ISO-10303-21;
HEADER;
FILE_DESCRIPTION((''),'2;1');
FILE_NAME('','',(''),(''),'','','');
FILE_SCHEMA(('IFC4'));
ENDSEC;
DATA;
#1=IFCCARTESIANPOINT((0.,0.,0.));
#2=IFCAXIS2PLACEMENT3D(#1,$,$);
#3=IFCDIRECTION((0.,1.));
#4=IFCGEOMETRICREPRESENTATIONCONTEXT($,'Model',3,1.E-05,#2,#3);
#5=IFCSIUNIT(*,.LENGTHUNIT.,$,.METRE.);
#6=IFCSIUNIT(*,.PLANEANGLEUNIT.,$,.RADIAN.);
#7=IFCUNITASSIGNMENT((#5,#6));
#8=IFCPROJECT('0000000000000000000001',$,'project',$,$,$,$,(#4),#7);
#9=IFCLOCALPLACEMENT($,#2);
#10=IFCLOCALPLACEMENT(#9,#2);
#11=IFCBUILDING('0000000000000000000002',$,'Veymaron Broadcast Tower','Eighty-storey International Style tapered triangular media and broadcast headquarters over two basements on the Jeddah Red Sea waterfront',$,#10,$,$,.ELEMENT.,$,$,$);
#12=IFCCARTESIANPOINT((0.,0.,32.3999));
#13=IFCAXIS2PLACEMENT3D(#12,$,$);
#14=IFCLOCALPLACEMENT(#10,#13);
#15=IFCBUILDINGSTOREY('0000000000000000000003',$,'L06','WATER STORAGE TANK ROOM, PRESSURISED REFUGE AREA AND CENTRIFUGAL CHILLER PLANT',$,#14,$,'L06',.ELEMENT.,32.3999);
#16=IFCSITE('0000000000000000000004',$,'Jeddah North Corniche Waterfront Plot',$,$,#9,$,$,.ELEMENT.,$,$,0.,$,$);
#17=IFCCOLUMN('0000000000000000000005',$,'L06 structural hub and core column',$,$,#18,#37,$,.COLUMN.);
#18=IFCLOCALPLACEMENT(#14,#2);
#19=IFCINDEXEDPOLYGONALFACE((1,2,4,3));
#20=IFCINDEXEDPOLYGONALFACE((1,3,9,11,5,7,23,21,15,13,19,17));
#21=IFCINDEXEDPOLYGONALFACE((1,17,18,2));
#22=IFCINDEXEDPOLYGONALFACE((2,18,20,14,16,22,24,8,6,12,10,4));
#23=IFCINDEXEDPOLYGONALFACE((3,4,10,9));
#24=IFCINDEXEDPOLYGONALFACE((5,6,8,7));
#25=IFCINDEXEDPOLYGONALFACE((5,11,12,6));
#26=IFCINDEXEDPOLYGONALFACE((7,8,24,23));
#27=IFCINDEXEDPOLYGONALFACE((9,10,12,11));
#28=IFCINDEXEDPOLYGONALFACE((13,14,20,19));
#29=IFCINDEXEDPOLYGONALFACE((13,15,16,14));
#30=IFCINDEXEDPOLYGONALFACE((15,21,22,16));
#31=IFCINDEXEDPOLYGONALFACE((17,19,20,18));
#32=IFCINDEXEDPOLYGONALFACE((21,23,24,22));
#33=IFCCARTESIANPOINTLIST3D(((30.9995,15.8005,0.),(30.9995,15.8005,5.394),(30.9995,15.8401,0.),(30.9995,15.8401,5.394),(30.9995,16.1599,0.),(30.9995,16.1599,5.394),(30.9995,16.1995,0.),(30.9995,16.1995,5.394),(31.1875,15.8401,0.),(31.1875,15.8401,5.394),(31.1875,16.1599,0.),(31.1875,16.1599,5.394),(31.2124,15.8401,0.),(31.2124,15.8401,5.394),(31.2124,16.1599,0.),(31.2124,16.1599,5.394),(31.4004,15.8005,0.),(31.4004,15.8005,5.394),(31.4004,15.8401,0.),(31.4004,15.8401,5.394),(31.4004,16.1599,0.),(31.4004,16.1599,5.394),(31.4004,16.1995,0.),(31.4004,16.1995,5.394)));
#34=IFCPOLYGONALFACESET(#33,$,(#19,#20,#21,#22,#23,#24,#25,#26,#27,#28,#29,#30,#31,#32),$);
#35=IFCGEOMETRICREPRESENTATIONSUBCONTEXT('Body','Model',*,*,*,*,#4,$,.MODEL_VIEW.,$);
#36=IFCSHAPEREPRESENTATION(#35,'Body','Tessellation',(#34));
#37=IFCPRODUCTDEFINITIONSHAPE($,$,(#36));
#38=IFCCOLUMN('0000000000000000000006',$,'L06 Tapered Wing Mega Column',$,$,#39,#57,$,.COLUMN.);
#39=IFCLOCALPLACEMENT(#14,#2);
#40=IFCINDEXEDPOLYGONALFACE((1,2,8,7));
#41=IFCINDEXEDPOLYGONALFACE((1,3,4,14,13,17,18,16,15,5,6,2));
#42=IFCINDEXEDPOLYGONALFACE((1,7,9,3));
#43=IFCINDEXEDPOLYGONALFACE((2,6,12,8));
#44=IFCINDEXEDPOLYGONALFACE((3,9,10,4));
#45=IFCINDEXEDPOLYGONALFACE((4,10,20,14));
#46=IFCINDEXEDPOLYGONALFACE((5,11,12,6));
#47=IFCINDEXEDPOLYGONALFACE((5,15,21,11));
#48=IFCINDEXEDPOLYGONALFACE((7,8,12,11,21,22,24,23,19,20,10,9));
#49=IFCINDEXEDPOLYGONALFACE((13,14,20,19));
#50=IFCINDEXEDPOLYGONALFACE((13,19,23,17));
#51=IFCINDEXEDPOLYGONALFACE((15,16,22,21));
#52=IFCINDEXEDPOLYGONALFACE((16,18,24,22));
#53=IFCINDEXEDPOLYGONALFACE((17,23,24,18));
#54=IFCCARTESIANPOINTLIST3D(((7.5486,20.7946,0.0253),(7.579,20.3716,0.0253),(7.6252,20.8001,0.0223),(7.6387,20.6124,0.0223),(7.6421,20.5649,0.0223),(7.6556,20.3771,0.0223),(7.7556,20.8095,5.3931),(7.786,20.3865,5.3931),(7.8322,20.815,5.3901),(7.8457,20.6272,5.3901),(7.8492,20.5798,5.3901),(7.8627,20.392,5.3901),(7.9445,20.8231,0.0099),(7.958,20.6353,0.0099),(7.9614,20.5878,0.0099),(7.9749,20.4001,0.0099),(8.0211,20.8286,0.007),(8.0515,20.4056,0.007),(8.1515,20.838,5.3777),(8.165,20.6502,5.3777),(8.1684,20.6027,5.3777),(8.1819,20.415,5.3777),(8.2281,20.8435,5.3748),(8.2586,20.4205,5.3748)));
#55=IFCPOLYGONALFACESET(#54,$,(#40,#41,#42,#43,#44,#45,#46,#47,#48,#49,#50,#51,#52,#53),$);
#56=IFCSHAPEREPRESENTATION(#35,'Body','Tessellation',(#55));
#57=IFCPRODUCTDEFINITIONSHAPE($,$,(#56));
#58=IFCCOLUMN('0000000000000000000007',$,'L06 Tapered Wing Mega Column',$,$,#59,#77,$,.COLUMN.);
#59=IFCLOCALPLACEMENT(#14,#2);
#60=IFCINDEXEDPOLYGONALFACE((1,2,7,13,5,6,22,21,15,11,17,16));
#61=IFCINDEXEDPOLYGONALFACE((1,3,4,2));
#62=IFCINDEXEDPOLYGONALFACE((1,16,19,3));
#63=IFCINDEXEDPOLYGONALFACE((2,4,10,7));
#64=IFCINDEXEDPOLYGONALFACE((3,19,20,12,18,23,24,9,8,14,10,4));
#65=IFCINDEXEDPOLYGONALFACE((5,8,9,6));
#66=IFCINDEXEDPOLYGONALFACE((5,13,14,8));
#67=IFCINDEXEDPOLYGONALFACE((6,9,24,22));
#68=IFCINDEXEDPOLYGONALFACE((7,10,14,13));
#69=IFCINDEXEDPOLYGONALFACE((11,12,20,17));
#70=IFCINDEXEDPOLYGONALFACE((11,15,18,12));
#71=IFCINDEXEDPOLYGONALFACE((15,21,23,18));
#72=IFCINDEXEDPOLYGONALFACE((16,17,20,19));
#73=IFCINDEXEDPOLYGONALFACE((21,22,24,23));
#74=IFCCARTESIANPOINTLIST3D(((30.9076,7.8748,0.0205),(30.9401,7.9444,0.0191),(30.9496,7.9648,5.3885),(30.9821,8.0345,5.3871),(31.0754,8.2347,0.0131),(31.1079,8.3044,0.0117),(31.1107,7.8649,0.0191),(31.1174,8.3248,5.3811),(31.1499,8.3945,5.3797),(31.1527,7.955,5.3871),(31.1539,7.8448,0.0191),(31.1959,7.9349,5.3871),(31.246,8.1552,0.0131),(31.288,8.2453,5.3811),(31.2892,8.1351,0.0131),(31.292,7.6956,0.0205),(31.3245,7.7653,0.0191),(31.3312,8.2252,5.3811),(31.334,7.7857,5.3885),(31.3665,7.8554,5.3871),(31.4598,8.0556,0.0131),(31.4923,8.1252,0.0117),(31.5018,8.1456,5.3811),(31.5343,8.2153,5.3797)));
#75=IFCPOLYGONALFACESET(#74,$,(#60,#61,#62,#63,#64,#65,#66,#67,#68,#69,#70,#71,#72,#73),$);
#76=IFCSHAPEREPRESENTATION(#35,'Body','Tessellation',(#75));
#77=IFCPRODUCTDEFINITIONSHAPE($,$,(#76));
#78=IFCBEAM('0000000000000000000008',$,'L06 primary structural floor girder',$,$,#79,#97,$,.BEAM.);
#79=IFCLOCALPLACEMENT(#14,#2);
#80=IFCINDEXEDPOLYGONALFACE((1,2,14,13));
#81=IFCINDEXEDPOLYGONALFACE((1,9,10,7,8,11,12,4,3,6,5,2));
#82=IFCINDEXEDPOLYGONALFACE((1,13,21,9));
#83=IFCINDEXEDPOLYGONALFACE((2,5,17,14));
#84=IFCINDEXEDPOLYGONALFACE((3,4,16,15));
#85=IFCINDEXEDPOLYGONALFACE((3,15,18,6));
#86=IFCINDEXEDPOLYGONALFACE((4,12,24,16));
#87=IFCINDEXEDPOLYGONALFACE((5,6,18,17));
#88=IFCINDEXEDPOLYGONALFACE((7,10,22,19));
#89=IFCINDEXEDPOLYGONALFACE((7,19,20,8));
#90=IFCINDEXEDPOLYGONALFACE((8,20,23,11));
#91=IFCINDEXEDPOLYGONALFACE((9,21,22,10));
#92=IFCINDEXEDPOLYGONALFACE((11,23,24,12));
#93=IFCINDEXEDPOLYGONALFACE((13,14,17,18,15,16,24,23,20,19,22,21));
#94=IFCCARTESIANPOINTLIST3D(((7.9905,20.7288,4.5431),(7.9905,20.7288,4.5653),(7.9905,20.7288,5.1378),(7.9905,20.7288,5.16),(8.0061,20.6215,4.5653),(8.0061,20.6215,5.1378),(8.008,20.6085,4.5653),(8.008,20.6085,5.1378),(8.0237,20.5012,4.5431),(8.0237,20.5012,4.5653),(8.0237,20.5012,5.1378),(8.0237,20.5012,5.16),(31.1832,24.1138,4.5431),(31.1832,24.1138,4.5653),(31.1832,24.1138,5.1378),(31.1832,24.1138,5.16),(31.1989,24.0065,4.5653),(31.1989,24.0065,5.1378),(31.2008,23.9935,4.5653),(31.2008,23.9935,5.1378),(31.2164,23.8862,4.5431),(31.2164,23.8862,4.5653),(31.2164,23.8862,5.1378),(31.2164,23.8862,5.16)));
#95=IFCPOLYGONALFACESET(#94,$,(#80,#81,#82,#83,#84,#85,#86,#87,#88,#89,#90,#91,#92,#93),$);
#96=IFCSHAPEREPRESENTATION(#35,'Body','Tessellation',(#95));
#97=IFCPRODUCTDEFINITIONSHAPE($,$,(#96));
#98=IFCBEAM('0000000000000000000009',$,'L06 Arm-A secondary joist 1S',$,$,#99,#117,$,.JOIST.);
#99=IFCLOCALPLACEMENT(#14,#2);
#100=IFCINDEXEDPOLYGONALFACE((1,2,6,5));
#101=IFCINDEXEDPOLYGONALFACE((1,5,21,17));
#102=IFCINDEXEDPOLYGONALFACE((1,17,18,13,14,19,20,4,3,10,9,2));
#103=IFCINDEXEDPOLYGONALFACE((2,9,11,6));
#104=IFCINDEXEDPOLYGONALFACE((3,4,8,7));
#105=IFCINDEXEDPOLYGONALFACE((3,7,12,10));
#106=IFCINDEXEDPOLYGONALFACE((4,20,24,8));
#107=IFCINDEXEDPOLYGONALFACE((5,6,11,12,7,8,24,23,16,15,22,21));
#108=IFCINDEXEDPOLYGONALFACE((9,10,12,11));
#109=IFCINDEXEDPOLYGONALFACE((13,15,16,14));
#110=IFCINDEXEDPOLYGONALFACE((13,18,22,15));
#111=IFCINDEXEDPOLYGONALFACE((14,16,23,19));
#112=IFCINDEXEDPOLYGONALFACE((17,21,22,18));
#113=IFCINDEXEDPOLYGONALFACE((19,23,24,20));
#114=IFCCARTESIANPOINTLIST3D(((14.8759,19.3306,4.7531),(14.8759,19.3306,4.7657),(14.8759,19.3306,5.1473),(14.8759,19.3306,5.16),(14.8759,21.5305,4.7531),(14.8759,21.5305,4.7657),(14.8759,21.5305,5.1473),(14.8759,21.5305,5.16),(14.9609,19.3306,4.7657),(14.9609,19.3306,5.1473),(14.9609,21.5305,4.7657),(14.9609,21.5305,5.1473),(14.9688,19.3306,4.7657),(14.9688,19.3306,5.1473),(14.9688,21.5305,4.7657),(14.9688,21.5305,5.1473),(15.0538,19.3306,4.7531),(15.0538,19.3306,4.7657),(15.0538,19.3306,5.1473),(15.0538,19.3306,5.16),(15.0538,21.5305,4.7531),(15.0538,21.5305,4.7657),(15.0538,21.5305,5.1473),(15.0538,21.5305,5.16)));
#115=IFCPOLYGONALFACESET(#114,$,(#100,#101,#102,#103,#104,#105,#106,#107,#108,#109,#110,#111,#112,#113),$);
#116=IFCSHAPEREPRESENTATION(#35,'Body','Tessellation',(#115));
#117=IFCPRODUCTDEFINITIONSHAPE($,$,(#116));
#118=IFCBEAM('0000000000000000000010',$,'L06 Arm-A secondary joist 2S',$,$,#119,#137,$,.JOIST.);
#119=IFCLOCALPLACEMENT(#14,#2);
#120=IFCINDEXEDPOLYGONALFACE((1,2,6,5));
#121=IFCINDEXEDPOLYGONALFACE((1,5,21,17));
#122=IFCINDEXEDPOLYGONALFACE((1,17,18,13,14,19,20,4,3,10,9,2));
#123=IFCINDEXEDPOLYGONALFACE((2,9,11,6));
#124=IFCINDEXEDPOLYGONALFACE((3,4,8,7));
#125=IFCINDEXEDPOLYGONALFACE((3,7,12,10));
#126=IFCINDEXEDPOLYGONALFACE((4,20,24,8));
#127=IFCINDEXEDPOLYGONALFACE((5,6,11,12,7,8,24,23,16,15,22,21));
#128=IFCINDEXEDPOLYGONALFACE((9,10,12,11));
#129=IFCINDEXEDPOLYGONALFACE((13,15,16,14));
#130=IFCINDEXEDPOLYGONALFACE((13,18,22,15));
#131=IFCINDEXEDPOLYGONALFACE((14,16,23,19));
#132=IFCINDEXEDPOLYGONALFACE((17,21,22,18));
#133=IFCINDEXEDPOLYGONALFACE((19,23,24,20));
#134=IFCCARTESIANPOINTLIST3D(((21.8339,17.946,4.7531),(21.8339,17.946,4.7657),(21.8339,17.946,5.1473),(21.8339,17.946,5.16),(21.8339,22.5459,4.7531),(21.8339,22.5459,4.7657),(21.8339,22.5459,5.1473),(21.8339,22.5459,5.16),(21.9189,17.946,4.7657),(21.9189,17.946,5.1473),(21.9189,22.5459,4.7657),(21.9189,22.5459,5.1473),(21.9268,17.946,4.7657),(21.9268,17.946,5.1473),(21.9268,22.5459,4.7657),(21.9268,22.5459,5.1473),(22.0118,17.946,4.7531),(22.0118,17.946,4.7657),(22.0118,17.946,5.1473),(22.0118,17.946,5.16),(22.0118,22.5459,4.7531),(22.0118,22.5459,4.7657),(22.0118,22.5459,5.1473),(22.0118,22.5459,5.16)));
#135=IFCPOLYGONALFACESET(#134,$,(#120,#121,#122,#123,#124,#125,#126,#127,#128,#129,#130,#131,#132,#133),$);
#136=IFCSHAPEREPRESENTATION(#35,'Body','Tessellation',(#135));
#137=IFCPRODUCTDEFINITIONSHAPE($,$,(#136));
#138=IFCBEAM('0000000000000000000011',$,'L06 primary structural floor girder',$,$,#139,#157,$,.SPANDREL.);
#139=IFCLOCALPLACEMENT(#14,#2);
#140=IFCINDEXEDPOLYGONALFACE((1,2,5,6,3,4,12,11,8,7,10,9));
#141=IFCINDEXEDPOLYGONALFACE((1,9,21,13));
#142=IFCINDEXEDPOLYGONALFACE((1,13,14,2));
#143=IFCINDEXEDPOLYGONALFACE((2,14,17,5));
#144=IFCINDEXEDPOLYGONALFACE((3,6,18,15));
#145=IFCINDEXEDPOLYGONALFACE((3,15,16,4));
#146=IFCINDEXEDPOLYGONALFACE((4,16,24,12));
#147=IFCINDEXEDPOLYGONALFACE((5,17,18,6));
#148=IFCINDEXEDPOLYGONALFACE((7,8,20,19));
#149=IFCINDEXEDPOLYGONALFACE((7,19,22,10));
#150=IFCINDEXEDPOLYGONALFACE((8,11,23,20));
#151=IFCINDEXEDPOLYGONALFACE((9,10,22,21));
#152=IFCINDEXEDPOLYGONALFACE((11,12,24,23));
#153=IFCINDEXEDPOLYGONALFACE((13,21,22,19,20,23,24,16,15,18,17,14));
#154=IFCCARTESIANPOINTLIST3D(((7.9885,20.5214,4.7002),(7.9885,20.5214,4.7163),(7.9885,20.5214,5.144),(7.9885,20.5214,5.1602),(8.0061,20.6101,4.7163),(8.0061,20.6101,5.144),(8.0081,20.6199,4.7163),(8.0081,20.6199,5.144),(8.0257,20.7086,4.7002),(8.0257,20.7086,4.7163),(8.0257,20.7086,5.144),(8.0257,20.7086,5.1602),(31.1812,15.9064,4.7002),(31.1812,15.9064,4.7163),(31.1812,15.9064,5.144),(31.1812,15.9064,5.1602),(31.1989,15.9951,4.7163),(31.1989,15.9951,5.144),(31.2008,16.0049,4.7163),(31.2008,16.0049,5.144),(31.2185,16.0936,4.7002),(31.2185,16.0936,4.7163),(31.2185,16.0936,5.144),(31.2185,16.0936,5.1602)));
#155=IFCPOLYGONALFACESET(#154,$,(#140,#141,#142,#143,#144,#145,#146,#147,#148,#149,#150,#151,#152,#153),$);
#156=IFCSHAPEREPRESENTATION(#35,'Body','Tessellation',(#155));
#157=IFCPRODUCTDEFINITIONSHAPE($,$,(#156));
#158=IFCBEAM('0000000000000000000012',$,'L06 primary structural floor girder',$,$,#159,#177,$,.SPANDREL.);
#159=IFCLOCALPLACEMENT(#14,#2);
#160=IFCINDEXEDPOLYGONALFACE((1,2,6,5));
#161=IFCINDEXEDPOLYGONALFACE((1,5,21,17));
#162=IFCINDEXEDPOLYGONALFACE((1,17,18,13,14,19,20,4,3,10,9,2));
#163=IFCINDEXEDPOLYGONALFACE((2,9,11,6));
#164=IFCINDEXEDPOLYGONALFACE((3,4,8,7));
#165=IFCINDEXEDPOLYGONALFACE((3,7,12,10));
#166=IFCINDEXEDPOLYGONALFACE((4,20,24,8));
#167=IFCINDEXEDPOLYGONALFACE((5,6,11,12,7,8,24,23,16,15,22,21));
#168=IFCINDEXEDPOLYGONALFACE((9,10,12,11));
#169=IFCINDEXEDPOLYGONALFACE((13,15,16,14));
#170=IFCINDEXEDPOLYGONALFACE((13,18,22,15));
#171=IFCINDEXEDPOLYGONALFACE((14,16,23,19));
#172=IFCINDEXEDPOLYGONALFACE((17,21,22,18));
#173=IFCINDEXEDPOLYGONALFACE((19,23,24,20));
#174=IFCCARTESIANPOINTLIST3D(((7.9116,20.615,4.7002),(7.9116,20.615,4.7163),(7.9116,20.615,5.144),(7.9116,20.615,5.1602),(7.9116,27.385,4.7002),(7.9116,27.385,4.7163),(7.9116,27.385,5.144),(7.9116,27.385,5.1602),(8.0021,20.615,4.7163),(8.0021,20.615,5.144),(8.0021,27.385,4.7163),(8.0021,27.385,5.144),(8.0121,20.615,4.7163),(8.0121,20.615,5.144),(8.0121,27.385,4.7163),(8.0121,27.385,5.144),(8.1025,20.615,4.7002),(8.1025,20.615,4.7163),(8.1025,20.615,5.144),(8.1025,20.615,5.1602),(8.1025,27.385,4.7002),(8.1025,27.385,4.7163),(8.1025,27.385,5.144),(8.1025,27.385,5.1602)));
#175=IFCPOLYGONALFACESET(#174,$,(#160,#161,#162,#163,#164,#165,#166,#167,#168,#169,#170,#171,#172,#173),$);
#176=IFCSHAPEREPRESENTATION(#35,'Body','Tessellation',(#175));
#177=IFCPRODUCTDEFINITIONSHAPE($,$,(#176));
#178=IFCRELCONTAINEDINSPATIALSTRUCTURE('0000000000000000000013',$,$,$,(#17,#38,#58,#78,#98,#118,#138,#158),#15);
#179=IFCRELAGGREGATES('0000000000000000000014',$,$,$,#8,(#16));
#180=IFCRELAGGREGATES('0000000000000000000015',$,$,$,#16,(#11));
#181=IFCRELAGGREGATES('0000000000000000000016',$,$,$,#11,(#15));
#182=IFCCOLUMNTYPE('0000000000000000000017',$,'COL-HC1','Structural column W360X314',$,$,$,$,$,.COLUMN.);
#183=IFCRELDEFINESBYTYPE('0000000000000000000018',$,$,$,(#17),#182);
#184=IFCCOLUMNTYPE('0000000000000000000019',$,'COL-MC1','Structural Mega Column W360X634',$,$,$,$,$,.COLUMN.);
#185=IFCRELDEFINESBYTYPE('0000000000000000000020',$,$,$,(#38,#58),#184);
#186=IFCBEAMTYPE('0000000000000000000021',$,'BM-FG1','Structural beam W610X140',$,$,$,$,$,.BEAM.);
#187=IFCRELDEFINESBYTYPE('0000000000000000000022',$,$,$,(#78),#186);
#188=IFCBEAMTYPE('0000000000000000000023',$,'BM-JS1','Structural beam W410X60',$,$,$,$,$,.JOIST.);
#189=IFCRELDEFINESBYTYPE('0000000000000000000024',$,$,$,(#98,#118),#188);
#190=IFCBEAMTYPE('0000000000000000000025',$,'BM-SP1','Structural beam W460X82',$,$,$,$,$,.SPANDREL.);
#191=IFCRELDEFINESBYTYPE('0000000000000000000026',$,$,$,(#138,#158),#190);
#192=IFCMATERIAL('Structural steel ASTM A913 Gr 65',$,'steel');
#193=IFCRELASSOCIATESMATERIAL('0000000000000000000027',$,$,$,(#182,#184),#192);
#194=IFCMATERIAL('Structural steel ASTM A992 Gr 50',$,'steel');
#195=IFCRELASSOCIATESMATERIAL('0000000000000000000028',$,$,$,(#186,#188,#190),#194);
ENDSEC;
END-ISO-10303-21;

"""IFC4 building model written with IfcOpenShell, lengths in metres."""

from ifc_helpers import new_model, si_unit, direction, frame, origin, origin_2d, place, context, subcontext, project, spatial, i_section, extrude, material, material_profile, profile_set, type_object, element, save


model = new_model("IFC4")

# Units and contexts
model_context = context("Model", 3, precision=1e-05, world=origin(), true_north=direction((0.0, 1.0)))
body_context = subcontext(model_context, "Body", "Model", "MODEL_VIEW")
ifc_project = project(units=[si_unit("LENGTHUNIT", "METRE"), si_unit("PLANEANGLEUNIT", "RADIAN")], contexts=[model_context])

# Site, building, storey
site_placement = place(None, origin())
site = spatial("IfcSite", under=ifc_project, at=site_placement, Name="Jeddah North Corniche Waterfront Plot", CompositionType="ELEMENT", RefElevation=0.0)
building_placement = place(site_placement, origin())
building = spatial("IfcBuilding", under=site, at=building_placement, Name="Veymaron Broadcast Tower", Description="Eighty-storey International Style tapered triangular media and broadcast headquarters over two basements on the Jeddah Red Sea waterfront", CompositionType="ELEMENT")
storey_placement = place(building_placement, frame((0.0, 0.0, 32.3999)))
storey = spatial("IfcBuildingStorey", under=building, at=storey_placement, Name="L06", Description="WATER STORAGE TANK ROOM, PRESSURISED REFUGE AREA AND CENTRIFUGAL CHILLER PLANT", LongName="L06", CompositionType="ELEMENT", Elevation=32.3999)

# Columns
ifc_material_1 = material(Name="Structural steel ASTM A913 Gr 65", Category="steel")
ifc_material_profile_1 = material_profile(ifc_material_1, i_section(OverallWidth=0.4009, OverallDepth=0.3989, WebThickness=0.0249, FlangeThickness=0.0396, at=origin_2d()), Name="W360X314")
ifc_profile_set_1 = profile_set([ifc_material_profile_1], Name="Structural steel ASTM A913 Gr 65")
column_type_1 = type_object("IfcColumnType", Name="COL-HC1", Description="Structural column W360X314", PredefinedType="COLUMN", material=ifc_profile_set_1)
column_1_placement = place(storey_placement, frame((31.2, 16.0, 0.0), z_axis=(0.0, 0.0, 1.0), x_axis=(1.0, 0.0, 0.0)))
element("IfcColumn", 1, at=column_1_placement, inside=storey, type_object=column_type_1, Name="L06 structural hub and core column", PredefinedType="COLUMN", context=body_context, shape_type="SweptSolid", body=[
    extrude(i_section(OverallWidth=0.4009, OverallDepth=0.3989, WebThickness=0.0249, FlangeThickness=0.0396, at=origin_2d()), origin(), (0.0, 0.0, 1.0), 5.394),
])
ifc_material_profile_2 = material_profile(ifc_material_1, i_section(OverallWidth=0.4241, OverallDepth=0.4741, WebThickness=0.0476, FlangeThickness=0.0769, at=origin_2d()), Name="W360X634")
ifc_profile_set_2 = profile_set([ifc_material_profile_2], Name="Structural steel ASTM A913 Gr 65")
column_type_2 = type_object("IfcColumnType", Name="COL-MC1", Description="Structural Mega Column W360X634", PredefinedType="COLUMN", material=ifc_profile_set_2)
column_2_placement = place(storey_placement, frame((7.8, 20.6001, 0.0161), z_axis=(0.038539, 0.002772, 0.999253), x_axis=(-0.071749, 0.997423, 0.0)))
element("IfcColumn", 2, at=column_2_placement, inside=storey, type_object=column_type_2, Name="L06 Tapered Wing Mega Column", PredefinedType="COLUMN", context=body_context, shape_type="SweptSolid", body=[
    extrude(i_section(OverallWidth=0.4241, OverallDepth=0.4741, WebThickness=0.0476, FlangeThickness=0.0769, at=origin_2d()), origin(), (0.0, 0.0, 1.0), 5.3718),
])
column_3_placement = place(storey_placement, frame((31.2, 8.0, 0.0161), z_axis=(0.007821, 0.01678, 0.999829), x_axis=(-0.906371, 0.422482, 0.0)))
element("IfcColumn", 3, at=column_3_placement, inside=storey, type_object=column_type_2, Name="L06 Tapered Wing Mega Column", PredefinedType="COLUMN", context=body_context, shape_type="SweptSolid", body=[
    extrude(i_section(OverallWidth=0.4241, OverallDepth=0.4741, WebThickness=0.0476, FlangeThickness=0.0769, at=origin_2d()), origin(), (0.0, 0.0, 1.0), 5.3689),
])

# Beams
ifc_material_2 = material(Name="Structural steel ASTM A992 Gr 50", Category="steel")
ifc_material_profile_3 = material_profile(ifc_material_2, i_section(OverallWidth=0.23, OverallDepth=0.6169, WebThickness=0.0132, FlangeThickness=0.0222, at=origin_2d()), Name="W610X140")
ifc_profile_set_3 = profile_set([ifc_material_profile_3], Name="Structural steel ASTM A992 Gr 50")
beam_type_1 = type_object("IfcBeamType", Name="BM-FG1", Description="Structural beam W610X140", PredefinedType="BEAM", material=ifc_profile_set_3)
beam_1_placement = place(storey_placement, frame((8.0071, 20.615, 4.8516), z_axis=(0.989516, 0.14442, 0.0), x_axis=(-0.14442, 0.989516, 0.0)))
element("IfcBeam", 4, at=beam_1_placement, inside=storey, type_object=beam_type_1, Name="L06 primary structural floor girder", PredefinedType="BEAM", context=body_context, shape_type="SweptSolid", body=[
    extrude(i_section(OverallWidth=0.23, OverallDepth=0.6169, WebThickness=0.0132, FlangeThickness=0.0222, at=origin_2d()), origin(), (0.0, 0.0, 1.0), 23.4385),
])
ifc_material_profile_4 = material_profile(ifc_material_2, i_section(OverallWidth=0.178, OverallDepth=0.407, WebThickness=0.0078, FlangeThickness=0.0127, at=origin_2d()), Name="W410X60")
ifc_profile_set_4 = profile_set([ifc_material_profile_4], Name="Structural steel ASTM A992 Gr 50")
beam_type_2 = type_object("IfcBeamType", Name="BM-JS1", Description="Structural beam W410X60", PredefinedType="JOIST", material=ifc_profile_set_4)
beam_2_placement = place(storey_placement, frame((14.9648, 19.3306, 4.9565), z_axis=(0.0, 1.0, 0.0), x_axis=(-1.0, 0.0, 0.0)))
element("IfcBeam", 5, at=beam_2_placement, inside=storey, type_object=beam_type_2, Name="L06 Arm-A secondary joist 1S", PredefinedType="JOIST", context=body_context, shape_type="SweptSolid", body=[
    extrude(i_section(OverallWidth=0.178, OverallDepth=0.407, WebThickness=0.0078, FlangeThickness=0.0127, at=origin_2d()), origin(), (0.0, 0.0, 1.0), 2.2),
])
beam_3_placement = place(storey_placement, frame((21.9229, 17.946, 4.9565), z_axis=(0.0, 1.0, 0.0), x_axis=(-1.0, 0.0, 0.0)))
element("IfcBeam", 6, at=beam_3_placement, inside=storey, type_object=beam_type_2, Name="L06 Arm-A secondary joist 2S", PredefinedType="JOIST", context=body_context, shape_type="SweptSolid", body=[
    extrude(i_section(OverallWidth=0.178, OverallDepth=0.407, WebThickness=0.0078, FlangeThickness=0.0127, at=origin_2d()), origin(), (0.0, 0.0, 1.0), 4.5999),
])
ifc_material_profile_5 = material_profile(ifc_material_2, i_section(OverallWidth=0.1909, OverallDepth=0.46, WebThickness=0.01, FlangeThickness=0.0161, at=origin_2d()), Name="W460X82")
ifc_profile_set_5 = profile_set([ifc_material_profile_5], Name="Structural steel ASTM A992 Gr 50")
beam_type_3 = type_object("IfcBeamType", Name="BM-SP1", Description="Structural beam W460X82", PredefinedType="SPANDREL", material=ifc_profile_set_5)
beam_4_placement = place(storey_placement, frame((8.0071, 20.615, 4.9302), z_axis=(0.980772, -0.195157, 0.0), x_axis=(0.195157, 0.980772, 0.0)))
element("IfcBeam", 7, at=beam_4_placement, inside=storey, type_object=beam_type_3, Name="L06 primary structural floor girder", PredefinedType="SPANDREL", context=body_context, shape_type="SweptSolid", body=[
    extrude(i_section(OverallWidth=0.1909, OverallDepth=0.46, WebThickness=0.01, FlangeThickness=0.0161, at=origin_2d()), origin(), (0.0, 0.0, 1.0), 23.6475),
])
beam_5_placement = place(storey_placement, frame((8.0071, 20.615, 4.9302), z_axis=(0.0, 1.0, 0.0), x_axis=(-1.0, 0.0, 0.0)))
element("IfcBeam", 8, at=beam_5_placement, inside=storey, type_object=beam_type_3, Name="L06 primary structural floor girder", PredefinedType="SPANDREL", context=body_context, shape_type="SweptSolid", body=[
    extrude(i_section(OverallWidth=0.1909, OverallDepth=0.46, WebThickness=0.01, FlangeThickness=0.0161, at=origin_2d()), origin(), (0.0, 0.0, 1.0), 6.77),
])

save(model, "model.ifc")
